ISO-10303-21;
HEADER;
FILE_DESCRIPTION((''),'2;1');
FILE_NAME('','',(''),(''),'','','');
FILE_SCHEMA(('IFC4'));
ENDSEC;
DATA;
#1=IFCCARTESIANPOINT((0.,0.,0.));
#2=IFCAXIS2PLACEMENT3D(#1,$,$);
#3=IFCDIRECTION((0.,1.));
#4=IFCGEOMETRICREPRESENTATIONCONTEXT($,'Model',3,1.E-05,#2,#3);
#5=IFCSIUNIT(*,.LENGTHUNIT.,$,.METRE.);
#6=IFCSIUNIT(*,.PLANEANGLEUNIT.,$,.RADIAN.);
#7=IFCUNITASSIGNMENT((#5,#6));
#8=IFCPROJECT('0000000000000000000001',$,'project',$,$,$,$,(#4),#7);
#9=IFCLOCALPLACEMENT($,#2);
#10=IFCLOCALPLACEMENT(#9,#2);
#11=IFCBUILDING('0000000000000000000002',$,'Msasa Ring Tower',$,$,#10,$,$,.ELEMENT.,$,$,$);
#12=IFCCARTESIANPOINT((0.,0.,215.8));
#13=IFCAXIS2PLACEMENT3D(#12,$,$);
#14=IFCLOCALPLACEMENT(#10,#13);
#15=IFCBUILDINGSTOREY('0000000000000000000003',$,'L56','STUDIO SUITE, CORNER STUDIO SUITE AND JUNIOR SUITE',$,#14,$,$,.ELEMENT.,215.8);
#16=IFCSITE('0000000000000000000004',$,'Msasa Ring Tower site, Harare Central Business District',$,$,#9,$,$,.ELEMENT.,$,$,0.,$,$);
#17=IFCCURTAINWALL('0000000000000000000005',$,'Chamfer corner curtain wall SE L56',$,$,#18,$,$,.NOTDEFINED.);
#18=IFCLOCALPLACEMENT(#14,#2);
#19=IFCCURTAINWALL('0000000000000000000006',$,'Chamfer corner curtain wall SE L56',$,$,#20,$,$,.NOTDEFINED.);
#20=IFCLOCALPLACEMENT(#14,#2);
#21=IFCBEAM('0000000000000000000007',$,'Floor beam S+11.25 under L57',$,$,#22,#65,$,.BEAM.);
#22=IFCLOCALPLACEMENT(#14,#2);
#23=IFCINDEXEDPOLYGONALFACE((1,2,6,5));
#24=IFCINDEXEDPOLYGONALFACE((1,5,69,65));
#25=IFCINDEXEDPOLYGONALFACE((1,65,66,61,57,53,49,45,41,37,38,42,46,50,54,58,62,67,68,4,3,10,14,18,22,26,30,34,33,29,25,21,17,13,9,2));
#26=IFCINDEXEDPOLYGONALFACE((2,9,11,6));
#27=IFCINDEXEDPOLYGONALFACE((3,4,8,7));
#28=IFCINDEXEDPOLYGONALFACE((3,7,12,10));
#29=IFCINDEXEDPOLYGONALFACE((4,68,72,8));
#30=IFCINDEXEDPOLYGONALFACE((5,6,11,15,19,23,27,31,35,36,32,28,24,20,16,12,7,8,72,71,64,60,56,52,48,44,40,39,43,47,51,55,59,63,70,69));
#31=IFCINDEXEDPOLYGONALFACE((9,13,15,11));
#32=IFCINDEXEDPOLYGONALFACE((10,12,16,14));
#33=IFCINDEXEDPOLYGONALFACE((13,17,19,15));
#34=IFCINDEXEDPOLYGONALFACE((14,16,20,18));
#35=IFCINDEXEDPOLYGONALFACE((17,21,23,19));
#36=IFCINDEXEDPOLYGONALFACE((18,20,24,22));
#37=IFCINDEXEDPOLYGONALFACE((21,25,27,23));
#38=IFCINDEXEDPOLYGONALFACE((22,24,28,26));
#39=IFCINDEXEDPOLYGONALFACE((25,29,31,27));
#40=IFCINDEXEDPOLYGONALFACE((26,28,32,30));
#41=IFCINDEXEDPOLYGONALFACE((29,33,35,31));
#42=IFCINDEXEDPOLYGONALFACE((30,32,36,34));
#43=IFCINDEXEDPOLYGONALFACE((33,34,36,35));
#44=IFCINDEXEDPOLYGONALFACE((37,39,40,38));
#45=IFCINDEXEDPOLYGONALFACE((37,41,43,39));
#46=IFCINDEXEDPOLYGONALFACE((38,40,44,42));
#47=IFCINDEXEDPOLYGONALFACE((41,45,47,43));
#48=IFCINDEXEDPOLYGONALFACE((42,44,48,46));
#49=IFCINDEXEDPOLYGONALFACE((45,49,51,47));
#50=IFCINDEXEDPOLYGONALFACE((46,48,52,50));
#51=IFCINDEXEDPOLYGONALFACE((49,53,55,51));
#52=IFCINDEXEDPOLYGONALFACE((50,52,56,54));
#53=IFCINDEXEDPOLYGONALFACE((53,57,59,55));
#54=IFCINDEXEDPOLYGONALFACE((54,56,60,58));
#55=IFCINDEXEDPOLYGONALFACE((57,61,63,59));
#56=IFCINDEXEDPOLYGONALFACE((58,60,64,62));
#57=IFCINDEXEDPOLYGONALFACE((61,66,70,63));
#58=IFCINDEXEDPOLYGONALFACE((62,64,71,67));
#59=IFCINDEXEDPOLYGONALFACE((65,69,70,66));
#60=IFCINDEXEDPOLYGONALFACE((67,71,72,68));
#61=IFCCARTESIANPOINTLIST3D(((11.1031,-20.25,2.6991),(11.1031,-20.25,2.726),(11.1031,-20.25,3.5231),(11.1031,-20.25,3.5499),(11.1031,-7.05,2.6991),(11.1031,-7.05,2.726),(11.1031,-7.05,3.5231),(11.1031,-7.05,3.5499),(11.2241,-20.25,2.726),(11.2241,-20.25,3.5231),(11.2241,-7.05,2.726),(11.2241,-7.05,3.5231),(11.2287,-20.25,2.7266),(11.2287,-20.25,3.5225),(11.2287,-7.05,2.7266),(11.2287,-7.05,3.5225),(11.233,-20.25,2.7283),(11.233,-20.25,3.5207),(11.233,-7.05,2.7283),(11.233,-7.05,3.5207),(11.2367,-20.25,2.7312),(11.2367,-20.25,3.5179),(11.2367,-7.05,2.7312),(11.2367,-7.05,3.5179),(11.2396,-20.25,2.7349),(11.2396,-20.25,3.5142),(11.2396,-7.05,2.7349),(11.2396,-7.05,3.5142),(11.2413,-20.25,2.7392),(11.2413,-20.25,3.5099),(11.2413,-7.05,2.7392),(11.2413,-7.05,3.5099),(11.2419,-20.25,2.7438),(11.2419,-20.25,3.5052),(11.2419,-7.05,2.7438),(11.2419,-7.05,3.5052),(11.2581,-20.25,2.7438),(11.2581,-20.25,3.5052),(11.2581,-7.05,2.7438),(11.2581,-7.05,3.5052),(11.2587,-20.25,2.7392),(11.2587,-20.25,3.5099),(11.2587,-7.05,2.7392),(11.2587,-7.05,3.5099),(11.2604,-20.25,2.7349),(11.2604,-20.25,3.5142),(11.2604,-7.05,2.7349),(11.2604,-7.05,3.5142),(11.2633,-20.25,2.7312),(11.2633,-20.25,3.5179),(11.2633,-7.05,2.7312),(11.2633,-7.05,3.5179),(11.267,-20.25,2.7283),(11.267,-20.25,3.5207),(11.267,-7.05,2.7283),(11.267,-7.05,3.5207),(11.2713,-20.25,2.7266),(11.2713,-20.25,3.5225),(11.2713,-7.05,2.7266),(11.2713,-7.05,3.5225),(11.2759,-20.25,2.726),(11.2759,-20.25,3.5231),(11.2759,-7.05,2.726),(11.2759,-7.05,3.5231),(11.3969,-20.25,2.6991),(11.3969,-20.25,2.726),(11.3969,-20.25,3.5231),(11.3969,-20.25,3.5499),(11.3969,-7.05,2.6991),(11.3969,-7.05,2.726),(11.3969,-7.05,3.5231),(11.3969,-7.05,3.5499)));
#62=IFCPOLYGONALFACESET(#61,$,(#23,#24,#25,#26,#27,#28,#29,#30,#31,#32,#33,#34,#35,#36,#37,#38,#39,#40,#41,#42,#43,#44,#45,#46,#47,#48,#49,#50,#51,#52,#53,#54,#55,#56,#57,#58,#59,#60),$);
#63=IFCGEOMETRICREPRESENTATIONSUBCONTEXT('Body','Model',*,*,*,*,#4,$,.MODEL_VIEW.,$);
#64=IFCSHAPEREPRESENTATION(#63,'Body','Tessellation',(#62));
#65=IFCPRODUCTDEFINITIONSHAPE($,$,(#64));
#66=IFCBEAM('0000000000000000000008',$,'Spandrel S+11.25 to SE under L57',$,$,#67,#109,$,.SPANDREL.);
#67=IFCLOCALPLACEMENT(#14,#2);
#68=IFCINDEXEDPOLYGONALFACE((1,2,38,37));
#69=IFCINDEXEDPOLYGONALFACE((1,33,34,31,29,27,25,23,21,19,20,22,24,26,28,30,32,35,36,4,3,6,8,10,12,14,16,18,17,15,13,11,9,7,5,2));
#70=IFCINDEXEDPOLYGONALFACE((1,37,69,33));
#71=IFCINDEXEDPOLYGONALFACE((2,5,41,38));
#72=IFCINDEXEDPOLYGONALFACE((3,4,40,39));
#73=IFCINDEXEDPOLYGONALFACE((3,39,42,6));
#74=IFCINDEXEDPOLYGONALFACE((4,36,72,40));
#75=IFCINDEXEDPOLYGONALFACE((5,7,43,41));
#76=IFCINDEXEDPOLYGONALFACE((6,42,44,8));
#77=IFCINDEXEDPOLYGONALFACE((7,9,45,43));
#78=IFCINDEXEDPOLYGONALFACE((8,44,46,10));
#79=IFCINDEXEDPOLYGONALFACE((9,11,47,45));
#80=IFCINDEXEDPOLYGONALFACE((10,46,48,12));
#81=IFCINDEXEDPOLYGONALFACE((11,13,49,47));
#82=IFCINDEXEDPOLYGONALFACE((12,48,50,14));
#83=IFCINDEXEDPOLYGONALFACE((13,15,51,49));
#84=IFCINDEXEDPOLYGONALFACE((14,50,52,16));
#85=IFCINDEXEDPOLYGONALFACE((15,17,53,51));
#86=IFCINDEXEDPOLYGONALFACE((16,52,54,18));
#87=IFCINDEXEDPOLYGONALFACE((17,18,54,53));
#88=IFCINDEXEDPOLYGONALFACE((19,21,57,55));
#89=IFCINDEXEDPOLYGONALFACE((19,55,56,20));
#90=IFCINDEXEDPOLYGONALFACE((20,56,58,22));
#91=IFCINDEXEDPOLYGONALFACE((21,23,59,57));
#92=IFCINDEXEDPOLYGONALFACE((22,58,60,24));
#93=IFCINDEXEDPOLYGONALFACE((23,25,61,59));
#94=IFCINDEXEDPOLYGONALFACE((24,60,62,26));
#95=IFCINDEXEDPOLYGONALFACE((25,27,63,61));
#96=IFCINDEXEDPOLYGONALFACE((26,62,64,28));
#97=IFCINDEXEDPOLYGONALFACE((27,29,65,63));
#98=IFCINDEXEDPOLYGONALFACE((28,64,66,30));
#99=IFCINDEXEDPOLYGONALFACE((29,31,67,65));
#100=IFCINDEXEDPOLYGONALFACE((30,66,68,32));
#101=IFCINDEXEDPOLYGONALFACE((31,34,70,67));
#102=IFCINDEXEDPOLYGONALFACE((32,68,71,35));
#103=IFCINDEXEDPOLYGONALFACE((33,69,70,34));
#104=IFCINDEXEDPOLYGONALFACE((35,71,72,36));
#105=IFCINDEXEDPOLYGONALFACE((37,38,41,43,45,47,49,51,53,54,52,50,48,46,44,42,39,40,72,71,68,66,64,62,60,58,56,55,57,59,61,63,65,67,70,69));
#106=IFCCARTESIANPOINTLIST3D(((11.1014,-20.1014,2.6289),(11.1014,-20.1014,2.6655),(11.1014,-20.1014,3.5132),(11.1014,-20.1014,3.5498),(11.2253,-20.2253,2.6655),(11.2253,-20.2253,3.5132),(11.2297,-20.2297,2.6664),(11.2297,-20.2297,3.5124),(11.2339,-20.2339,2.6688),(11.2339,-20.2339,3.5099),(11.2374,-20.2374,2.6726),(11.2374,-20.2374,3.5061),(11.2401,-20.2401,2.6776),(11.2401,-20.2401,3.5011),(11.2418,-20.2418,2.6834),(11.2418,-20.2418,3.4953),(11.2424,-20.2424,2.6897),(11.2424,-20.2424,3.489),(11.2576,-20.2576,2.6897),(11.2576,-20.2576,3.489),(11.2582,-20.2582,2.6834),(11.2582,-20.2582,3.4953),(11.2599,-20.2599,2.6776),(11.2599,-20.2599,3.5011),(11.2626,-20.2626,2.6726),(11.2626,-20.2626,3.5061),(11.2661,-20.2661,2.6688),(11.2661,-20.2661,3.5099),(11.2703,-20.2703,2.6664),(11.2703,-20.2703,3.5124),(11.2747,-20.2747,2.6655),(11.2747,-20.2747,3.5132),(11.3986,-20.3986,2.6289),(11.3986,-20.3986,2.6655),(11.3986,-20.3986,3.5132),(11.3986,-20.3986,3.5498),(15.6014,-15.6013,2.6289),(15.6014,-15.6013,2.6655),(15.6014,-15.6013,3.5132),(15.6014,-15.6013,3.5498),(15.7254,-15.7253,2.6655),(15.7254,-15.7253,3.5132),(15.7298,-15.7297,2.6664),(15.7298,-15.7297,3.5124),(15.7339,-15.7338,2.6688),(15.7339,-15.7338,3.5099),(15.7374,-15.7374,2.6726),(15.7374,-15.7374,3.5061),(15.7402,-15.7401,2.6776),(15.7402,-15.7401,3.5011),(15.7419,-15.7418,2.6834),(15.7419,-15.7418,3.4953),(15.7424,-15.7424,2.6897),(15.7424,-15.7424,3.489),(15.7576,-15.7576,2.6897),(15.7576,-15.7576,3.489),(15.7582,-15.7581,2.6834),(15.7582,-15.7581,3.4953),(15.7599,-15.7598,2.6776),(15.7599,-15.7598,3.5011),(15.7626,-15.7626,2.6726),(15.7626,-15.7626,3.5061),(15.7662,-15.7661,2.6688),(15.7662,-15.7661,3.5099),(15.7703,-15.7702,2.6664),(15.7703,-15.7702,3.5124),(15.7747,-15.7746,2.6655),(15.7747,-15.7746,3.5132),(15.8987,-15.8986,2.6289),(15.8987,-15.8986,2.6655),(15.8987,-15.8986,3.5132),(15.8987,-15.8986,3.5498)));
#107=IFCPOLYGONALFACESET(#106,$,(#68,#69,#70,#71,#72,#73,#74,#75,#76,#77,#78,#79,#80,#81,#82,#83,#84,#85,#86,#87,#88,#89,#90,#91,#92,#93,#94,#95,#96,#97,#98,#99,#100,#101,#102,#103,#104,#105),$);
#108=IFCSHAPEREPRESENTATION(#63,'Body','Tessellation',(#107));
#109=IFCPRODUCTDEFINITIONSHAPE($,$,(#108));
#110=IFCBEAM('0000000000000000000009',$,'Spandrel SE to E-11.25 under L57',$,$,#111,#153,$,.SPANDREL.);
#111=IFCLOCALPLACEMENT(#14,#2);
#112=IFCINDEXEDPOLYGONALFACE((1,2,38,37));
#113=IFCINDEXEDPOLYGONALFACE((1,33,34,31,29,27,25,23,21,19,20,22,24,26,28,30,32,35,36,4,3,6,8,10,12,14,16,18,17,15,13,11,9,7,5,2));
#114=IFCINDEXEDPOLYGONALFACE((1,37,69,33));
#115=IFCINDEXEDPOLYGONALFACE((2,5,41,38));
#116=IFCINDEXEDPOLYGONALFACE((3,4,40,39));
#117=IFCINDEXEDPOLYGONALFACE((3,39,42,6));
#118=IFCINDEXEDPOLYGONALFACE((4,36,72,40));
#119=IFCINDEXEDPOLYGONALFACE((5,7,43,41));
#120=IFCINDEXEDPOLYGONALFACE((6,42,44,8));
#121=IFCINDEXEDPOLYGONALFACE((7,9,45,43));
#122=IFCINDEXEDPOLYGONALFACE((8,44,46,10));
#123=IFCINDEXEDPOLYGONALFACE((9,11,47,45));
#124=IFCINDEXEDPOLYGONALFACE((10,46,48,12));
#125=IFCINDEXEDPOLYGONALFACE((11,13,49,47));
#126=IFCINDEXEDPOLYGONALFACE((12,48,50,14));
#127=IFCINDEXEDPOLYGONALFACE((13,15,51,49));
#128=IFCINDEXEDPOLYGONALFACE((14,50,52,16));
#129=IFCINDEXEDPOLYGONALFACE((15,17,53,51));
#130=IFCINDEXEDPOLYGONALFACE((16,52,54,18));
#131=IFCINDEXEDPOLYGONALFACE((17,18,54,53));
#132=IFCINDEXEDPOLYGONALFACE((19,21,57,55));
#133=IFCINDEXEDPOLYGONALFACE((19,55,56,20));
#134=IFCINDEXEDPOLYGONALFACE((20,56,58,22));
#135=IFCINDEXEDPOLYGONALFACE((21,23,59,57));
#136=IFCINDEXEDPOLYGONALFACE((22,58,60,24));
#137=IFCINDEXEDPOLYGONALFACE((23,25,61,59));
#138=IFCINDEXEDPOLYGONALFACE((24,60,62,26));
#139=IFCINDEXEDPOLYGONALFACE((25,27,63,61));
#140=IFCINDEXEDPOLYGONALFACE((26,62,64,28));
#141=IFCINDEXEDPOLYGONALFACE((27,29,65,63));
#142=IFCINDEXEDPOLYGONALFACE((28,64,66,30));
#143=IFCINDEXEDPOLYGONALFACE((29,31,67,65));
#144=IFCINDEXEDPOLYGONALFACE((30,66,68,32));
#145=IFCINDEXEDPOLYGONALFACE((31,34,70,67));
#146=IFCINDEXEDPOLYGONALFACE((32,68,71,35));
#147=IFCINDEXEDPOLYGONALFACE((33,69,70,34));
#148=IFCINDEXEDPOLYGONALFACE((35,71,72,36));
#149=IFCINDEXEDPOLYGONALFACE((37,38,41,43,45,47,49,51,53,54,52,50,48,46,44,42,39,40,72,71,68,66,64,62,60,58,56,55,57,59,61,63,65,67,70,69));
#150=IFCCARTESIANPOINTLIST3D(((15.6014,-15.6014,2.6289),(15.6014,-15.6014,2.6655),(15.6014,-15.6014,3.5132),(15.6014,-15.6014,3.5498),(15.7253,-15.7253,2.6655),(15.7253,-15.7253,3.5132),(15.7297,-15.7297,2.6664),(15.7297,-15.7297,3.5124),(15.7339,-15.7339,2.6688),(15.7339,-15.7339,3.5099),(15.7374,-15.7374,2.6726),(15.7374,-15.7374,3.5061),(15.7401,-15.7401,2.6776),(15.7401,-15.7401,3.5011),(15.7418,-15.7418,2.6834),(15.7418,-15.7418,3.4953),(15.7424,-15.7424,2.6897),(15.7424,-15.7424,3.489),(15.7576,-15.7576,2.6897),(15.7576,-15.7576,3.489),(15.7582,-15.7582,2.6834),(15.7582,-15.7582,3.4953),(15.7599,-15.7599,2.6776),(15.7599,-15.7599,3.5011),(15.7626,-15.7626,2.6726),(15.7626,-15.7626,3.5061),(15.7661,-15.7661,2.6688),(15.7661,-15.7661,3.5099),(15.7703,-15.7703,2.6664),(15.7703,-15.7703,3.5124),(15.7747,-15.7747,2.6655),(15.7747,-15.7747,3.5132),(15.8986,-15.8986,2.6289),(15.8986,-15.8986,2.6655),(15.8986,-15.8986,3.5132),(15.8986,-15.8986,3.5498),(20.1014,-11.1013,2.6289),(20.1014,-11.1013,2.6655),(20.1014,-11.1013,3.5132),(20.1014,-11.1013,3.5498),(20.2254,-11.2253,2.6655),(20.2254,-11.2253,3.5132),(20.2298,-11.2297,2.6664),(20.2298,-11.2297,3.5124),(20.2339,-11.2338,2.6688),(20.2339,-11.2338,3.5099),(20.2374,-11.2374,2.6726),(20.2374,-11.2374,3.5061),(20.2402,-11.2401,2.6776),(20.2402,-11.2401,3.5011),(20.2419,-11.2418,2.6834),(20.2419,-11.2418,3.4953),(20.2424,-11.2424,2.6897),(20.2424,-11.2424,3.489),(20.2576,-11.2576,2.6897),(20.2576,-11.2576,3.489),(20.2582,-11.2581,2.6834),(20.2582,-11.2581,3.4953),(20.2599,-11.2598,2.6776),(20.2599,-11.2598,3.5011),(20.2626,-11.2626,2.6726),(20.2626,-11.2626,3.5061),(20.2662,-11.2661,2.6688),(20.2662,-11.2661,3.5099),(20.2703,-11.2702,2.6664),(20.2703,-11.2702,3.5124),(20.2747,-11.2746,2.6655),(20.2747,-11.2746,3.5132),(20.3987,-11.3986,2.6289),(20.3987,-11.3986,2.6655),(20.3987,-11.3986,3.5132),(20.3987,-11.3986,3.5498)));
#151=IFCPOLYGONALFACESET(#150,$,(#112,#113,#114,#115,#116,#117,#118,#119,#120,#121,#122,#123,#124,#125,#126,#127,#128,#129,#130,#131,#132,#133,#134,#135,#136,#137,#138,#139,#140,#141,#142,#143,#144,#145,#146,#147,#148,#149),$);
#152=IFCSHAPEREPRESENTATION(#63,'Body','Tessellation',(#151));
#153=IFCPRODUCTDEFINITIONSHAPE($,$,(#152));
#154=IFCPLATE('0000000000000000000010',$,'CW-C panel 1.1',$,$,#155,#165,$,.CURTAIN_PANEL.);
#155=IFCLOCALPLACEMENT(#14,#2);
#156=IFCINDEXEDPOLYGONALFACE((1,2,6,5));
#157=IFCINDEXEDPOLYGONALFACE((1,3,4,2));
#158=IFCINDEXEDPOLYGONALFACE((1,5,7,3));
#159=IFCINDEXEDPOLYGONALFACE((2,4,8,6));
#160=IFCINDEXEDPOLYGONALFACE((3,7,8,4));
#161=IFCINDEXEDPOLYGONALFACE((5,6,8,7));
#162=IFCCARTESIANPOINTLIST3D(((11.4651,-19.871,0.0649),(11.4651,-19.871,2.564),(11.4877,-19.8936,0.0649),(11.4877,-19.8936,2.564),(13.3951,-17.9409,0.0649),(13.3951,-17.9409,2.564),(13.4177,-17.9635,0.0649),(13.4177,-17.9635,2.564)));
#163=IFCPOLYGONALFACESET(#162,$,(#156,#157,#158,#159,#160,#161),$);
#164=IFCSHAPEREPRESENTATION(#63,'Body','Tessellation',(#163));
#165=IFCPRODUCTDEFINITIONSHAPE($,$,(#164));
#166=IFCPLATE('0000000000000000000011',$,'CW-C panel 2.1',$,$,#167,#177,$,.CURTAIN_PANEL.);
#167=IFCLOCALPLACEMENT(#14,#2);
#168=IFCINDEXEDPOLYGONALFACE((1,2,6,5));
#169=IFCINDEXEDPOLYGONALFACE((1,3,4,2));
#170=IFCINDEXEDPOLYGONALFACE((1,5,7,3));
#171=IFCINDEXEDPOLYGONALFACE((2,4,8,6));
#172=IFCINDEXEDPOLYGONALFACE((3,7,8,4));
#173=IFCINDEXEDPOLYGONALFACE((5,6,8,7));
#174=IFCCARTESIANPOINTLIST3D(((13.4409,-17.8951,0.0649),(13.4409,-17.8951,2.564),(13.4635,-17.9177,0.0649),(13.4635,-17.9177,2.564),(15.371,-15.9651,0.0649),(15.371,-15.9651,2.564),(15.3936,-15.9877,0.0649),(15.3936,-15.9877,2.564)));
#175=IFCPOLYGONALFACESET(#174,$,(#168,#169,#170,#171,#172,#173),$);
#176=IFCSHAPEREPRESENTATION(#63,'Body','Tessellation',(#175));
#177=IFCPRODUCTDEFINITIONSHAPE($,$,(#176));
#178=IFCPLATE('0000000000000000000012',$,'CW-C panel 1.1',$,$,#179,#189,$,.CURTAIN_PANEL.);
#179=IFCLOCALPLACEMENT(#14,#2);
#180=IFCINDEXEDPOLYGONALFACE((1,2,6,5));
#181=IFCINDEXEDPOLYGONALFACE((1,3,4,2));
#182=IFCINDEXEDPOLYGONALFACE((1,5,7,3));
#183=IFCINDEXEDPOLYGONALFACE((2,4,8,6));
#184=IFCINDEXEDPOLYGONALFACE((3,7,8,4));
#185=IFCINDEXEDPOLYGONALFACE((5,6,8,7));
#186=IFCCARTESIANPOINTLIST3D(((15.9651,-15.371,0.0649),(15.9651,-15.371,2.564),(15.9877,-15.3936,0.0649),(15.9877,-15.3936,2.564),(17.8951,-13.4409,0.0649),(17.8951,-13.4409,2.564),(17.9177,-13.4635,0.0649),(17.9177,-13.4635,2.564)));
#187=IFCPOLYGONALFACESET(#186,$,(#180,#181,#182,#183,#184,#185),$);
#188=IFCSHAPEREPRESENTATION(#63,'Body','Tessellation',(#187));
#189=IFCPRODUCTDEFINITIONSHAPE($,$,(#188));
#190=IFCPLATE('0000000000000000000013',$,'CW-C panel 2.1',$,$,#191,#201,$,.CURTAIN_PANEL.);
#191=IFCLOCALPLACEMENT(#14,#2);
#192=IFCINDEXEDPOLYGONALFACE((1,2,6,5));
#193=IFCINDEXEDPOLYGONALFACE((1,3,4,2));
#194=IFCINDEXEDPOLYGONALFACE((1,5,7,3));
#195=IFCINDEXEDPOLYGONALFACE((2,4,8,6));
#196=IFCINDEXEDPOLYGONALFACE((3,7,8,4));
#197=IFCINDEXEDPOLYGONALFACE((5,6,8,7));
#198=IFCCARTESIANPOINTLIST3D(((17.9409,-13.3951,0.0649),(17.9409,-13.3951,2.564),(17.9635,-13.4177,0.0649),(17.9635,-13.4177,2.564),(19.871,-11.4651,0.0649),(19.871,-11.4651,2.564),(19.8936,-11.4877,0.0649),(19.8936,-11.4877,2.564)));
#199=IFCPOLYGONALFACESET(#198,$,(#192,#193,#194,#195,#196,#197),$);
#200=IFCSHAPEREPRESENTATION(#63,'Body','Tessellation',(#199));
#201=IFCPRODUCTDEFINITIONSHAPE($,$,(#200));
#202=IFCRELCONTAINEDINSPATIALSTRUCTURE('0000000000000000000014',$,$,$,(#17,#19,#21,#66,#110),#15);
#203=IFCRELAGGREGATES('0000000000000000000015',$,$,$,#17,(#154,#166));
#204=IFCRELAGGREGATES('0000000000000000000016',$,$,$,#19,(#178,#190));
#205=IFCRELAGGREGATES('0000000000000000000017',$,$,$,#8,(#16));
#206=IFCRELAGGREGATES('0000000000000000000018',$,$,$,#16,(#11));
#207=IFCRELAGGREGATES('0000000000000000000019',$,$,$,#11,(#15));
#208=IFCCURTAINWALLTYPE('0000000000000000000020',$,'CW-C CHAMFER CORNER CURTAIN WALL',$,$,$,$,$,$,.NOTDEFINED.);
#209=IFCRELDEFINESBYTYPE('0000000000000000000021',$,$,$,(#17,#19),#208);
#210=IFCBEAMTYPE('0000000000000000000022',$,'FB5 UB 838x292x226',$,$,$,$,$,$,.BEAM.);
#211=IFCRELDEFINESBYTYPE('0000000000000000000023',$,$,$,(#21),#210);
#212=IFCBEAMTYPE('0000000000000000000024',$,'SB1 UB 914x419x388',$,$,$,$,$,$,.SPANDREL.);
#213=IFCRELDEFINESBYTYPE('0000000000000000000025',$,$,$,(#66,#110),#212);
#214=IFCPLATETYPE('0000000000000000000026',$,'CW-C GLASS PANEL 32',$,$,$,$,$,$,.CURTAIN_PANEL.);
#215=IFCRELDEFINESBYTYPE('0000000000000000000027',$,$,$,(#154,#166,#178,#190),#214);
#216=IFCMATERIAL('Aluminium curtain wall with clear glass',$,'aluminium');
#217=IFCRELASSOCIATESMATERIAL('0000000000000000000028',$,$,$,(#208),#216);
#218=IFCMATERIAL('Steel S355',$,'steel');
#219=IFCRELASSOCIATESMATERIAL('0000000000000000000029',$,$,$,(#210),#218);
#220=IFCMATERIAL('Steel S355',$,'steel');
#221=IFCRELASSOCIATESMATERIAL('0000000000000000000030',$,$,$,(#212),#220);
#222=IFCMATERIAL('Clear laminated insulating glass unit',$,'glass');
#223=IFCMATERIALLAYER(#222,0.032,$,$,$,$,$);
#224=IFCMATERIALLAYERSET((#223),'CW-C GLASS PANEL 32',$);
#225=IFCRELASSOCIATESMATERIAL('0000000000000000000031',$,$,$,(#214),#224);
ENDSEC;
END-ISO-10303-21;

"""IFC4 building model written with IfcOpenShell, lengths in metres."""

from ifc_helpers import new_model, si_unit, direction, frame, origin, origin_2d, place, context, subcontext, project, spatial, rectangle, i_section, extrude, material, layer, layer_set, material_profile, profile_set, type_object, element, aggregate, save


model = new_model("IFC4")

# Units and contexts
model_context = context("Model", 3, precision=1e-05, world=origin(), true_north=direction((0.0, 1.0)))
body_context = subcontext(model_context, "Body", "Model", "MODEL_VIEW")
ifc_project = project(units=[si_unit("LENGTHUNIT", "METRE"), si_unit("PLANEANGLEUNIT", "RADIAN")], contexts=[model_context])

# Site, building, storey
site_placement = place(None, origin())
site = spatial("IfcSite", under=ifc_project, at=site_placement, Name="Msasa Ring Tower site, Harare Central Business District", CompositionType="ELEMENT", RefElevation=0.0)
building_placement = place(site_placement, origin())
building = spatial("IfcBuilding", under=site, at=building_placement, Name="Msasa Ring Tower", CompositionType="ELEMENT")
storey_placement = place(building_placement, frame((0.0, 0.0, 215.8)))
storey = spatial("IfcBuildingStorey", under=building, at=storey_placement, Name="L56", Description="STUDIO SUITE, CORNER STUDIO SUITE AND JUNIOR SUITE", CompositionType="ELEMENT", Elevation=215.8)

# Curtain walls
ifc_material_1 = material(Name="Aluminium curtain wall with clear glass", Category="aluminium")
curtain_wall_type = type_object("IfcCurtainWallType", Name="CW-C CHAMFER CORNER CURTAIN WALL", PredefinedType="NOTDEFINED", material=ifc_material_1)
curtain_wall_1_placement = place(storey_placement, origin())
curtain_wall_1 = element("IfcCurtainWall", 1, at=curtain_wall_1_placement, inside=storey, type_object=curtain_wall_type, Name="Chamfer corner curtain wall SE L56", PredefinedType="NOTDEFINED")
curtain_wall_2_placement = place(storey_placement, origin())
curtain_wall_2 = element("IfcCurtainWall", 2, at=curtain_wall_2_placement, inside=storey, type_object=curtain_wall_type, Name="Chamfer corner curtain wall SE L56", PredefinedType="NOTDEFINED")

# Beams
ifc_material_2 = material(Name="Steel S355", Category="steel")
ifc_material_profile_1 = material_profile(ifc_material_2, i_section(OverallWidth=0.2937, OverallDepth=0.8508, WebThickness=0.0161, FlangeThickness=0.0269, FilletRadius=0.0178, at=origin_2d()), Name="UB 838x292x226")
ifc_profile_set_1 = profile_set([ifc_material_profile_1], Name="Steel S355")
beam_type_1 = type_object("IfcBeamType", Name="FB5 UB 838x292x226", PredefinedType="BEAM", material=ifc_profile_set_1)
beam_placement = place(storey_placement, frame((11.25, -20.25, 3.1245), z_axis=(0.0, 1.0, 0.0), x_axis=(-1.0, 0.0, 0.0)))
element("IfcBeam", 3, at=beam_placement, inside=storey, type_object=beam_type_1, Name="Floor beam S+11.25 under L57", PredefinedType="BEAM", context=body_context, shape_type="SweptSolid", body=[
    extrude(i_section(OverallWidth=0.2937, OverallDepth=0.8508, WebThickness=0.0161, FlangeThickness=0.0269, FilletRadius=0.0178, at=origin_2d()), origin(), (0.0, 0.0, 1.0), 13.2),
])
ifc_material_3 = material(Name="Steel S355", Category="steel")
ifc_material_profile_2 = material_profile(ifc_material_3, i_section(OverallWidth=0.4204, OverallDepth=0.9209, WebThickness=0.0215, FlangeThickness=0.0366, FilletRadius=0.0242, at=origin_2d()), Name="UB 914x419x388")
ifc_profile_set_2 = profile_set([ifc_material_profile_2], Name="Steel S355")
beam_type_2 = type_object("IfcBeamType", Name="SB1 UB 914x419x388", PredefinedType="SPANDREL", material=ifc_profile_set_2)
for number, where, z_axis, x_axis, name in (
    (4, (11.25, -20.25, 3.0894), (0.707107, 0.707107, 0.0), (-0.707107, 0.707107, 0.0), "Spandrel S+11.25 to SE under L57"),
    (5, (15.75, -15.75, 3.0894), (0.707107, 0.707107, 0.0), (-0.707107, 0.707107, 0.0), "Spandrel SE to E-11.25 under L57"),
):
    element("IfcBeam", number, at=place(storey_placement, frame(where, z_axis=z_axis, x_axis=x_axis)), inside=storey, type_object=beam_type_2, Name=name, PredefinedType="SPANDREL", context=body_context, shape_type="SweptSolid", body=[
        extrude(i_section(OverallWidth=0.4204, OverallDepth=0.9209, WebThickness=0.0215, FlangeThickness=0.0366, FilletRadius=0.0242, at=origin_2d()), origin(), (0.0, 0.0, 1.0), 6.364),
    ])

# Plates
ifc_material_4 = material(Name="Clear laminated insulating glass unit", Category="glass")
ifc_layer_1 = layer(ifc_material_4, 0.032)
ifc_layer_set_1 = layer_set([ifc_layer_1], Name="CW-C GLASS PANEL 32")
plate_type = type_object("IfcPlateType", Name="CW-C GLASS PANEL 32", PredefinedType="CURTAIN_PANEL", material=ifc_layer_set_1)
plate_1_placement = place(storey_placement, frame((12.4414, -18.9172, 0.0649), z_axis=(0.0, 0.0, 1.0), x_axis=(0.707107, 0.707107, 0.0)))
plate_1 = element("IfcPlate", 6, at=plate_1_placement, type_object=plate_type, Name="CW-C panel 1.1", PredefinedType="CURTAIN_PANEL", context=body_context, shape_type="SweptSolid", body=[
    extrude(rectangle(XDim=2.7295, YDim=0.032, at=origin_2d()), origin(), (0.0, 0.0, 1.0), 2.499),
])
plate_2_placement = place(storey_placement, frame((14.4172, -16.9414, 0.0649), z_axis=(0.0, 0.0, 1.0), x_axis=(0.707107, 0.707107, 0.0)))
plate_2 = element("IfcPlate", 7, at=plate_2_placement, type_object=plate_type, Name="CW-C panel 2.1", PredefinedType="CURTAIN_PANEL", context=body_context, shape_type="SweptSolid", body=[
    extrude(rectangle(XDim=2.7295, YDim=0.032, at=origin_2d()), origin(), (0.0, 0.0, 1.0), 2.499),
])
aggregate(curtain_wall_1, [plate_1, plate_2])
plate_3_placement = place(storey_placement, frame((16.9414, -14.4172, 0.0649), z_axis=(0.0, 0.0, 1.0), x_axis=(0.707107, 0.707107, 0.0)))
plate_3 = element("IfcPlate", 8, at=plate_3_placement, type_object=plate_type, Name="CW-C panel 1.1", PredefinedType="CURTAIN_PANEL", context=body_context, shape_type="SweptSolid", body=[
    extrude(rectangle(XDim=2.7295, YDim=0.032, at=origin_2d()), origin(), (0.0, 0.0, 1.0), 2.499),
])
plate_4_placement = place(storey_placement, frame((18.9172, -12.4414, 0.0649), z_axis=(0.0, 0.0, 1.0), x_axis=(0.707107, 0.707107, 0.0)))
plate_4 = element("IfcPlate", 9, at=plate_4_placement, type_object=plate_type, Name="CW-C panel 2.1", PredefinedType="CURTAIN_PANEL", context=body_context, shape_type="SweptSolid", body=[
    extrude(rectangle(XDim=2.7295, YDim=0.032, at=origin_2d()), origin(), (0.0, 0.0, 1.0), 2.499),
])
aggregate(curtain_wall_2, [plate_3, plate_4])

save(model, "model.ifc")
